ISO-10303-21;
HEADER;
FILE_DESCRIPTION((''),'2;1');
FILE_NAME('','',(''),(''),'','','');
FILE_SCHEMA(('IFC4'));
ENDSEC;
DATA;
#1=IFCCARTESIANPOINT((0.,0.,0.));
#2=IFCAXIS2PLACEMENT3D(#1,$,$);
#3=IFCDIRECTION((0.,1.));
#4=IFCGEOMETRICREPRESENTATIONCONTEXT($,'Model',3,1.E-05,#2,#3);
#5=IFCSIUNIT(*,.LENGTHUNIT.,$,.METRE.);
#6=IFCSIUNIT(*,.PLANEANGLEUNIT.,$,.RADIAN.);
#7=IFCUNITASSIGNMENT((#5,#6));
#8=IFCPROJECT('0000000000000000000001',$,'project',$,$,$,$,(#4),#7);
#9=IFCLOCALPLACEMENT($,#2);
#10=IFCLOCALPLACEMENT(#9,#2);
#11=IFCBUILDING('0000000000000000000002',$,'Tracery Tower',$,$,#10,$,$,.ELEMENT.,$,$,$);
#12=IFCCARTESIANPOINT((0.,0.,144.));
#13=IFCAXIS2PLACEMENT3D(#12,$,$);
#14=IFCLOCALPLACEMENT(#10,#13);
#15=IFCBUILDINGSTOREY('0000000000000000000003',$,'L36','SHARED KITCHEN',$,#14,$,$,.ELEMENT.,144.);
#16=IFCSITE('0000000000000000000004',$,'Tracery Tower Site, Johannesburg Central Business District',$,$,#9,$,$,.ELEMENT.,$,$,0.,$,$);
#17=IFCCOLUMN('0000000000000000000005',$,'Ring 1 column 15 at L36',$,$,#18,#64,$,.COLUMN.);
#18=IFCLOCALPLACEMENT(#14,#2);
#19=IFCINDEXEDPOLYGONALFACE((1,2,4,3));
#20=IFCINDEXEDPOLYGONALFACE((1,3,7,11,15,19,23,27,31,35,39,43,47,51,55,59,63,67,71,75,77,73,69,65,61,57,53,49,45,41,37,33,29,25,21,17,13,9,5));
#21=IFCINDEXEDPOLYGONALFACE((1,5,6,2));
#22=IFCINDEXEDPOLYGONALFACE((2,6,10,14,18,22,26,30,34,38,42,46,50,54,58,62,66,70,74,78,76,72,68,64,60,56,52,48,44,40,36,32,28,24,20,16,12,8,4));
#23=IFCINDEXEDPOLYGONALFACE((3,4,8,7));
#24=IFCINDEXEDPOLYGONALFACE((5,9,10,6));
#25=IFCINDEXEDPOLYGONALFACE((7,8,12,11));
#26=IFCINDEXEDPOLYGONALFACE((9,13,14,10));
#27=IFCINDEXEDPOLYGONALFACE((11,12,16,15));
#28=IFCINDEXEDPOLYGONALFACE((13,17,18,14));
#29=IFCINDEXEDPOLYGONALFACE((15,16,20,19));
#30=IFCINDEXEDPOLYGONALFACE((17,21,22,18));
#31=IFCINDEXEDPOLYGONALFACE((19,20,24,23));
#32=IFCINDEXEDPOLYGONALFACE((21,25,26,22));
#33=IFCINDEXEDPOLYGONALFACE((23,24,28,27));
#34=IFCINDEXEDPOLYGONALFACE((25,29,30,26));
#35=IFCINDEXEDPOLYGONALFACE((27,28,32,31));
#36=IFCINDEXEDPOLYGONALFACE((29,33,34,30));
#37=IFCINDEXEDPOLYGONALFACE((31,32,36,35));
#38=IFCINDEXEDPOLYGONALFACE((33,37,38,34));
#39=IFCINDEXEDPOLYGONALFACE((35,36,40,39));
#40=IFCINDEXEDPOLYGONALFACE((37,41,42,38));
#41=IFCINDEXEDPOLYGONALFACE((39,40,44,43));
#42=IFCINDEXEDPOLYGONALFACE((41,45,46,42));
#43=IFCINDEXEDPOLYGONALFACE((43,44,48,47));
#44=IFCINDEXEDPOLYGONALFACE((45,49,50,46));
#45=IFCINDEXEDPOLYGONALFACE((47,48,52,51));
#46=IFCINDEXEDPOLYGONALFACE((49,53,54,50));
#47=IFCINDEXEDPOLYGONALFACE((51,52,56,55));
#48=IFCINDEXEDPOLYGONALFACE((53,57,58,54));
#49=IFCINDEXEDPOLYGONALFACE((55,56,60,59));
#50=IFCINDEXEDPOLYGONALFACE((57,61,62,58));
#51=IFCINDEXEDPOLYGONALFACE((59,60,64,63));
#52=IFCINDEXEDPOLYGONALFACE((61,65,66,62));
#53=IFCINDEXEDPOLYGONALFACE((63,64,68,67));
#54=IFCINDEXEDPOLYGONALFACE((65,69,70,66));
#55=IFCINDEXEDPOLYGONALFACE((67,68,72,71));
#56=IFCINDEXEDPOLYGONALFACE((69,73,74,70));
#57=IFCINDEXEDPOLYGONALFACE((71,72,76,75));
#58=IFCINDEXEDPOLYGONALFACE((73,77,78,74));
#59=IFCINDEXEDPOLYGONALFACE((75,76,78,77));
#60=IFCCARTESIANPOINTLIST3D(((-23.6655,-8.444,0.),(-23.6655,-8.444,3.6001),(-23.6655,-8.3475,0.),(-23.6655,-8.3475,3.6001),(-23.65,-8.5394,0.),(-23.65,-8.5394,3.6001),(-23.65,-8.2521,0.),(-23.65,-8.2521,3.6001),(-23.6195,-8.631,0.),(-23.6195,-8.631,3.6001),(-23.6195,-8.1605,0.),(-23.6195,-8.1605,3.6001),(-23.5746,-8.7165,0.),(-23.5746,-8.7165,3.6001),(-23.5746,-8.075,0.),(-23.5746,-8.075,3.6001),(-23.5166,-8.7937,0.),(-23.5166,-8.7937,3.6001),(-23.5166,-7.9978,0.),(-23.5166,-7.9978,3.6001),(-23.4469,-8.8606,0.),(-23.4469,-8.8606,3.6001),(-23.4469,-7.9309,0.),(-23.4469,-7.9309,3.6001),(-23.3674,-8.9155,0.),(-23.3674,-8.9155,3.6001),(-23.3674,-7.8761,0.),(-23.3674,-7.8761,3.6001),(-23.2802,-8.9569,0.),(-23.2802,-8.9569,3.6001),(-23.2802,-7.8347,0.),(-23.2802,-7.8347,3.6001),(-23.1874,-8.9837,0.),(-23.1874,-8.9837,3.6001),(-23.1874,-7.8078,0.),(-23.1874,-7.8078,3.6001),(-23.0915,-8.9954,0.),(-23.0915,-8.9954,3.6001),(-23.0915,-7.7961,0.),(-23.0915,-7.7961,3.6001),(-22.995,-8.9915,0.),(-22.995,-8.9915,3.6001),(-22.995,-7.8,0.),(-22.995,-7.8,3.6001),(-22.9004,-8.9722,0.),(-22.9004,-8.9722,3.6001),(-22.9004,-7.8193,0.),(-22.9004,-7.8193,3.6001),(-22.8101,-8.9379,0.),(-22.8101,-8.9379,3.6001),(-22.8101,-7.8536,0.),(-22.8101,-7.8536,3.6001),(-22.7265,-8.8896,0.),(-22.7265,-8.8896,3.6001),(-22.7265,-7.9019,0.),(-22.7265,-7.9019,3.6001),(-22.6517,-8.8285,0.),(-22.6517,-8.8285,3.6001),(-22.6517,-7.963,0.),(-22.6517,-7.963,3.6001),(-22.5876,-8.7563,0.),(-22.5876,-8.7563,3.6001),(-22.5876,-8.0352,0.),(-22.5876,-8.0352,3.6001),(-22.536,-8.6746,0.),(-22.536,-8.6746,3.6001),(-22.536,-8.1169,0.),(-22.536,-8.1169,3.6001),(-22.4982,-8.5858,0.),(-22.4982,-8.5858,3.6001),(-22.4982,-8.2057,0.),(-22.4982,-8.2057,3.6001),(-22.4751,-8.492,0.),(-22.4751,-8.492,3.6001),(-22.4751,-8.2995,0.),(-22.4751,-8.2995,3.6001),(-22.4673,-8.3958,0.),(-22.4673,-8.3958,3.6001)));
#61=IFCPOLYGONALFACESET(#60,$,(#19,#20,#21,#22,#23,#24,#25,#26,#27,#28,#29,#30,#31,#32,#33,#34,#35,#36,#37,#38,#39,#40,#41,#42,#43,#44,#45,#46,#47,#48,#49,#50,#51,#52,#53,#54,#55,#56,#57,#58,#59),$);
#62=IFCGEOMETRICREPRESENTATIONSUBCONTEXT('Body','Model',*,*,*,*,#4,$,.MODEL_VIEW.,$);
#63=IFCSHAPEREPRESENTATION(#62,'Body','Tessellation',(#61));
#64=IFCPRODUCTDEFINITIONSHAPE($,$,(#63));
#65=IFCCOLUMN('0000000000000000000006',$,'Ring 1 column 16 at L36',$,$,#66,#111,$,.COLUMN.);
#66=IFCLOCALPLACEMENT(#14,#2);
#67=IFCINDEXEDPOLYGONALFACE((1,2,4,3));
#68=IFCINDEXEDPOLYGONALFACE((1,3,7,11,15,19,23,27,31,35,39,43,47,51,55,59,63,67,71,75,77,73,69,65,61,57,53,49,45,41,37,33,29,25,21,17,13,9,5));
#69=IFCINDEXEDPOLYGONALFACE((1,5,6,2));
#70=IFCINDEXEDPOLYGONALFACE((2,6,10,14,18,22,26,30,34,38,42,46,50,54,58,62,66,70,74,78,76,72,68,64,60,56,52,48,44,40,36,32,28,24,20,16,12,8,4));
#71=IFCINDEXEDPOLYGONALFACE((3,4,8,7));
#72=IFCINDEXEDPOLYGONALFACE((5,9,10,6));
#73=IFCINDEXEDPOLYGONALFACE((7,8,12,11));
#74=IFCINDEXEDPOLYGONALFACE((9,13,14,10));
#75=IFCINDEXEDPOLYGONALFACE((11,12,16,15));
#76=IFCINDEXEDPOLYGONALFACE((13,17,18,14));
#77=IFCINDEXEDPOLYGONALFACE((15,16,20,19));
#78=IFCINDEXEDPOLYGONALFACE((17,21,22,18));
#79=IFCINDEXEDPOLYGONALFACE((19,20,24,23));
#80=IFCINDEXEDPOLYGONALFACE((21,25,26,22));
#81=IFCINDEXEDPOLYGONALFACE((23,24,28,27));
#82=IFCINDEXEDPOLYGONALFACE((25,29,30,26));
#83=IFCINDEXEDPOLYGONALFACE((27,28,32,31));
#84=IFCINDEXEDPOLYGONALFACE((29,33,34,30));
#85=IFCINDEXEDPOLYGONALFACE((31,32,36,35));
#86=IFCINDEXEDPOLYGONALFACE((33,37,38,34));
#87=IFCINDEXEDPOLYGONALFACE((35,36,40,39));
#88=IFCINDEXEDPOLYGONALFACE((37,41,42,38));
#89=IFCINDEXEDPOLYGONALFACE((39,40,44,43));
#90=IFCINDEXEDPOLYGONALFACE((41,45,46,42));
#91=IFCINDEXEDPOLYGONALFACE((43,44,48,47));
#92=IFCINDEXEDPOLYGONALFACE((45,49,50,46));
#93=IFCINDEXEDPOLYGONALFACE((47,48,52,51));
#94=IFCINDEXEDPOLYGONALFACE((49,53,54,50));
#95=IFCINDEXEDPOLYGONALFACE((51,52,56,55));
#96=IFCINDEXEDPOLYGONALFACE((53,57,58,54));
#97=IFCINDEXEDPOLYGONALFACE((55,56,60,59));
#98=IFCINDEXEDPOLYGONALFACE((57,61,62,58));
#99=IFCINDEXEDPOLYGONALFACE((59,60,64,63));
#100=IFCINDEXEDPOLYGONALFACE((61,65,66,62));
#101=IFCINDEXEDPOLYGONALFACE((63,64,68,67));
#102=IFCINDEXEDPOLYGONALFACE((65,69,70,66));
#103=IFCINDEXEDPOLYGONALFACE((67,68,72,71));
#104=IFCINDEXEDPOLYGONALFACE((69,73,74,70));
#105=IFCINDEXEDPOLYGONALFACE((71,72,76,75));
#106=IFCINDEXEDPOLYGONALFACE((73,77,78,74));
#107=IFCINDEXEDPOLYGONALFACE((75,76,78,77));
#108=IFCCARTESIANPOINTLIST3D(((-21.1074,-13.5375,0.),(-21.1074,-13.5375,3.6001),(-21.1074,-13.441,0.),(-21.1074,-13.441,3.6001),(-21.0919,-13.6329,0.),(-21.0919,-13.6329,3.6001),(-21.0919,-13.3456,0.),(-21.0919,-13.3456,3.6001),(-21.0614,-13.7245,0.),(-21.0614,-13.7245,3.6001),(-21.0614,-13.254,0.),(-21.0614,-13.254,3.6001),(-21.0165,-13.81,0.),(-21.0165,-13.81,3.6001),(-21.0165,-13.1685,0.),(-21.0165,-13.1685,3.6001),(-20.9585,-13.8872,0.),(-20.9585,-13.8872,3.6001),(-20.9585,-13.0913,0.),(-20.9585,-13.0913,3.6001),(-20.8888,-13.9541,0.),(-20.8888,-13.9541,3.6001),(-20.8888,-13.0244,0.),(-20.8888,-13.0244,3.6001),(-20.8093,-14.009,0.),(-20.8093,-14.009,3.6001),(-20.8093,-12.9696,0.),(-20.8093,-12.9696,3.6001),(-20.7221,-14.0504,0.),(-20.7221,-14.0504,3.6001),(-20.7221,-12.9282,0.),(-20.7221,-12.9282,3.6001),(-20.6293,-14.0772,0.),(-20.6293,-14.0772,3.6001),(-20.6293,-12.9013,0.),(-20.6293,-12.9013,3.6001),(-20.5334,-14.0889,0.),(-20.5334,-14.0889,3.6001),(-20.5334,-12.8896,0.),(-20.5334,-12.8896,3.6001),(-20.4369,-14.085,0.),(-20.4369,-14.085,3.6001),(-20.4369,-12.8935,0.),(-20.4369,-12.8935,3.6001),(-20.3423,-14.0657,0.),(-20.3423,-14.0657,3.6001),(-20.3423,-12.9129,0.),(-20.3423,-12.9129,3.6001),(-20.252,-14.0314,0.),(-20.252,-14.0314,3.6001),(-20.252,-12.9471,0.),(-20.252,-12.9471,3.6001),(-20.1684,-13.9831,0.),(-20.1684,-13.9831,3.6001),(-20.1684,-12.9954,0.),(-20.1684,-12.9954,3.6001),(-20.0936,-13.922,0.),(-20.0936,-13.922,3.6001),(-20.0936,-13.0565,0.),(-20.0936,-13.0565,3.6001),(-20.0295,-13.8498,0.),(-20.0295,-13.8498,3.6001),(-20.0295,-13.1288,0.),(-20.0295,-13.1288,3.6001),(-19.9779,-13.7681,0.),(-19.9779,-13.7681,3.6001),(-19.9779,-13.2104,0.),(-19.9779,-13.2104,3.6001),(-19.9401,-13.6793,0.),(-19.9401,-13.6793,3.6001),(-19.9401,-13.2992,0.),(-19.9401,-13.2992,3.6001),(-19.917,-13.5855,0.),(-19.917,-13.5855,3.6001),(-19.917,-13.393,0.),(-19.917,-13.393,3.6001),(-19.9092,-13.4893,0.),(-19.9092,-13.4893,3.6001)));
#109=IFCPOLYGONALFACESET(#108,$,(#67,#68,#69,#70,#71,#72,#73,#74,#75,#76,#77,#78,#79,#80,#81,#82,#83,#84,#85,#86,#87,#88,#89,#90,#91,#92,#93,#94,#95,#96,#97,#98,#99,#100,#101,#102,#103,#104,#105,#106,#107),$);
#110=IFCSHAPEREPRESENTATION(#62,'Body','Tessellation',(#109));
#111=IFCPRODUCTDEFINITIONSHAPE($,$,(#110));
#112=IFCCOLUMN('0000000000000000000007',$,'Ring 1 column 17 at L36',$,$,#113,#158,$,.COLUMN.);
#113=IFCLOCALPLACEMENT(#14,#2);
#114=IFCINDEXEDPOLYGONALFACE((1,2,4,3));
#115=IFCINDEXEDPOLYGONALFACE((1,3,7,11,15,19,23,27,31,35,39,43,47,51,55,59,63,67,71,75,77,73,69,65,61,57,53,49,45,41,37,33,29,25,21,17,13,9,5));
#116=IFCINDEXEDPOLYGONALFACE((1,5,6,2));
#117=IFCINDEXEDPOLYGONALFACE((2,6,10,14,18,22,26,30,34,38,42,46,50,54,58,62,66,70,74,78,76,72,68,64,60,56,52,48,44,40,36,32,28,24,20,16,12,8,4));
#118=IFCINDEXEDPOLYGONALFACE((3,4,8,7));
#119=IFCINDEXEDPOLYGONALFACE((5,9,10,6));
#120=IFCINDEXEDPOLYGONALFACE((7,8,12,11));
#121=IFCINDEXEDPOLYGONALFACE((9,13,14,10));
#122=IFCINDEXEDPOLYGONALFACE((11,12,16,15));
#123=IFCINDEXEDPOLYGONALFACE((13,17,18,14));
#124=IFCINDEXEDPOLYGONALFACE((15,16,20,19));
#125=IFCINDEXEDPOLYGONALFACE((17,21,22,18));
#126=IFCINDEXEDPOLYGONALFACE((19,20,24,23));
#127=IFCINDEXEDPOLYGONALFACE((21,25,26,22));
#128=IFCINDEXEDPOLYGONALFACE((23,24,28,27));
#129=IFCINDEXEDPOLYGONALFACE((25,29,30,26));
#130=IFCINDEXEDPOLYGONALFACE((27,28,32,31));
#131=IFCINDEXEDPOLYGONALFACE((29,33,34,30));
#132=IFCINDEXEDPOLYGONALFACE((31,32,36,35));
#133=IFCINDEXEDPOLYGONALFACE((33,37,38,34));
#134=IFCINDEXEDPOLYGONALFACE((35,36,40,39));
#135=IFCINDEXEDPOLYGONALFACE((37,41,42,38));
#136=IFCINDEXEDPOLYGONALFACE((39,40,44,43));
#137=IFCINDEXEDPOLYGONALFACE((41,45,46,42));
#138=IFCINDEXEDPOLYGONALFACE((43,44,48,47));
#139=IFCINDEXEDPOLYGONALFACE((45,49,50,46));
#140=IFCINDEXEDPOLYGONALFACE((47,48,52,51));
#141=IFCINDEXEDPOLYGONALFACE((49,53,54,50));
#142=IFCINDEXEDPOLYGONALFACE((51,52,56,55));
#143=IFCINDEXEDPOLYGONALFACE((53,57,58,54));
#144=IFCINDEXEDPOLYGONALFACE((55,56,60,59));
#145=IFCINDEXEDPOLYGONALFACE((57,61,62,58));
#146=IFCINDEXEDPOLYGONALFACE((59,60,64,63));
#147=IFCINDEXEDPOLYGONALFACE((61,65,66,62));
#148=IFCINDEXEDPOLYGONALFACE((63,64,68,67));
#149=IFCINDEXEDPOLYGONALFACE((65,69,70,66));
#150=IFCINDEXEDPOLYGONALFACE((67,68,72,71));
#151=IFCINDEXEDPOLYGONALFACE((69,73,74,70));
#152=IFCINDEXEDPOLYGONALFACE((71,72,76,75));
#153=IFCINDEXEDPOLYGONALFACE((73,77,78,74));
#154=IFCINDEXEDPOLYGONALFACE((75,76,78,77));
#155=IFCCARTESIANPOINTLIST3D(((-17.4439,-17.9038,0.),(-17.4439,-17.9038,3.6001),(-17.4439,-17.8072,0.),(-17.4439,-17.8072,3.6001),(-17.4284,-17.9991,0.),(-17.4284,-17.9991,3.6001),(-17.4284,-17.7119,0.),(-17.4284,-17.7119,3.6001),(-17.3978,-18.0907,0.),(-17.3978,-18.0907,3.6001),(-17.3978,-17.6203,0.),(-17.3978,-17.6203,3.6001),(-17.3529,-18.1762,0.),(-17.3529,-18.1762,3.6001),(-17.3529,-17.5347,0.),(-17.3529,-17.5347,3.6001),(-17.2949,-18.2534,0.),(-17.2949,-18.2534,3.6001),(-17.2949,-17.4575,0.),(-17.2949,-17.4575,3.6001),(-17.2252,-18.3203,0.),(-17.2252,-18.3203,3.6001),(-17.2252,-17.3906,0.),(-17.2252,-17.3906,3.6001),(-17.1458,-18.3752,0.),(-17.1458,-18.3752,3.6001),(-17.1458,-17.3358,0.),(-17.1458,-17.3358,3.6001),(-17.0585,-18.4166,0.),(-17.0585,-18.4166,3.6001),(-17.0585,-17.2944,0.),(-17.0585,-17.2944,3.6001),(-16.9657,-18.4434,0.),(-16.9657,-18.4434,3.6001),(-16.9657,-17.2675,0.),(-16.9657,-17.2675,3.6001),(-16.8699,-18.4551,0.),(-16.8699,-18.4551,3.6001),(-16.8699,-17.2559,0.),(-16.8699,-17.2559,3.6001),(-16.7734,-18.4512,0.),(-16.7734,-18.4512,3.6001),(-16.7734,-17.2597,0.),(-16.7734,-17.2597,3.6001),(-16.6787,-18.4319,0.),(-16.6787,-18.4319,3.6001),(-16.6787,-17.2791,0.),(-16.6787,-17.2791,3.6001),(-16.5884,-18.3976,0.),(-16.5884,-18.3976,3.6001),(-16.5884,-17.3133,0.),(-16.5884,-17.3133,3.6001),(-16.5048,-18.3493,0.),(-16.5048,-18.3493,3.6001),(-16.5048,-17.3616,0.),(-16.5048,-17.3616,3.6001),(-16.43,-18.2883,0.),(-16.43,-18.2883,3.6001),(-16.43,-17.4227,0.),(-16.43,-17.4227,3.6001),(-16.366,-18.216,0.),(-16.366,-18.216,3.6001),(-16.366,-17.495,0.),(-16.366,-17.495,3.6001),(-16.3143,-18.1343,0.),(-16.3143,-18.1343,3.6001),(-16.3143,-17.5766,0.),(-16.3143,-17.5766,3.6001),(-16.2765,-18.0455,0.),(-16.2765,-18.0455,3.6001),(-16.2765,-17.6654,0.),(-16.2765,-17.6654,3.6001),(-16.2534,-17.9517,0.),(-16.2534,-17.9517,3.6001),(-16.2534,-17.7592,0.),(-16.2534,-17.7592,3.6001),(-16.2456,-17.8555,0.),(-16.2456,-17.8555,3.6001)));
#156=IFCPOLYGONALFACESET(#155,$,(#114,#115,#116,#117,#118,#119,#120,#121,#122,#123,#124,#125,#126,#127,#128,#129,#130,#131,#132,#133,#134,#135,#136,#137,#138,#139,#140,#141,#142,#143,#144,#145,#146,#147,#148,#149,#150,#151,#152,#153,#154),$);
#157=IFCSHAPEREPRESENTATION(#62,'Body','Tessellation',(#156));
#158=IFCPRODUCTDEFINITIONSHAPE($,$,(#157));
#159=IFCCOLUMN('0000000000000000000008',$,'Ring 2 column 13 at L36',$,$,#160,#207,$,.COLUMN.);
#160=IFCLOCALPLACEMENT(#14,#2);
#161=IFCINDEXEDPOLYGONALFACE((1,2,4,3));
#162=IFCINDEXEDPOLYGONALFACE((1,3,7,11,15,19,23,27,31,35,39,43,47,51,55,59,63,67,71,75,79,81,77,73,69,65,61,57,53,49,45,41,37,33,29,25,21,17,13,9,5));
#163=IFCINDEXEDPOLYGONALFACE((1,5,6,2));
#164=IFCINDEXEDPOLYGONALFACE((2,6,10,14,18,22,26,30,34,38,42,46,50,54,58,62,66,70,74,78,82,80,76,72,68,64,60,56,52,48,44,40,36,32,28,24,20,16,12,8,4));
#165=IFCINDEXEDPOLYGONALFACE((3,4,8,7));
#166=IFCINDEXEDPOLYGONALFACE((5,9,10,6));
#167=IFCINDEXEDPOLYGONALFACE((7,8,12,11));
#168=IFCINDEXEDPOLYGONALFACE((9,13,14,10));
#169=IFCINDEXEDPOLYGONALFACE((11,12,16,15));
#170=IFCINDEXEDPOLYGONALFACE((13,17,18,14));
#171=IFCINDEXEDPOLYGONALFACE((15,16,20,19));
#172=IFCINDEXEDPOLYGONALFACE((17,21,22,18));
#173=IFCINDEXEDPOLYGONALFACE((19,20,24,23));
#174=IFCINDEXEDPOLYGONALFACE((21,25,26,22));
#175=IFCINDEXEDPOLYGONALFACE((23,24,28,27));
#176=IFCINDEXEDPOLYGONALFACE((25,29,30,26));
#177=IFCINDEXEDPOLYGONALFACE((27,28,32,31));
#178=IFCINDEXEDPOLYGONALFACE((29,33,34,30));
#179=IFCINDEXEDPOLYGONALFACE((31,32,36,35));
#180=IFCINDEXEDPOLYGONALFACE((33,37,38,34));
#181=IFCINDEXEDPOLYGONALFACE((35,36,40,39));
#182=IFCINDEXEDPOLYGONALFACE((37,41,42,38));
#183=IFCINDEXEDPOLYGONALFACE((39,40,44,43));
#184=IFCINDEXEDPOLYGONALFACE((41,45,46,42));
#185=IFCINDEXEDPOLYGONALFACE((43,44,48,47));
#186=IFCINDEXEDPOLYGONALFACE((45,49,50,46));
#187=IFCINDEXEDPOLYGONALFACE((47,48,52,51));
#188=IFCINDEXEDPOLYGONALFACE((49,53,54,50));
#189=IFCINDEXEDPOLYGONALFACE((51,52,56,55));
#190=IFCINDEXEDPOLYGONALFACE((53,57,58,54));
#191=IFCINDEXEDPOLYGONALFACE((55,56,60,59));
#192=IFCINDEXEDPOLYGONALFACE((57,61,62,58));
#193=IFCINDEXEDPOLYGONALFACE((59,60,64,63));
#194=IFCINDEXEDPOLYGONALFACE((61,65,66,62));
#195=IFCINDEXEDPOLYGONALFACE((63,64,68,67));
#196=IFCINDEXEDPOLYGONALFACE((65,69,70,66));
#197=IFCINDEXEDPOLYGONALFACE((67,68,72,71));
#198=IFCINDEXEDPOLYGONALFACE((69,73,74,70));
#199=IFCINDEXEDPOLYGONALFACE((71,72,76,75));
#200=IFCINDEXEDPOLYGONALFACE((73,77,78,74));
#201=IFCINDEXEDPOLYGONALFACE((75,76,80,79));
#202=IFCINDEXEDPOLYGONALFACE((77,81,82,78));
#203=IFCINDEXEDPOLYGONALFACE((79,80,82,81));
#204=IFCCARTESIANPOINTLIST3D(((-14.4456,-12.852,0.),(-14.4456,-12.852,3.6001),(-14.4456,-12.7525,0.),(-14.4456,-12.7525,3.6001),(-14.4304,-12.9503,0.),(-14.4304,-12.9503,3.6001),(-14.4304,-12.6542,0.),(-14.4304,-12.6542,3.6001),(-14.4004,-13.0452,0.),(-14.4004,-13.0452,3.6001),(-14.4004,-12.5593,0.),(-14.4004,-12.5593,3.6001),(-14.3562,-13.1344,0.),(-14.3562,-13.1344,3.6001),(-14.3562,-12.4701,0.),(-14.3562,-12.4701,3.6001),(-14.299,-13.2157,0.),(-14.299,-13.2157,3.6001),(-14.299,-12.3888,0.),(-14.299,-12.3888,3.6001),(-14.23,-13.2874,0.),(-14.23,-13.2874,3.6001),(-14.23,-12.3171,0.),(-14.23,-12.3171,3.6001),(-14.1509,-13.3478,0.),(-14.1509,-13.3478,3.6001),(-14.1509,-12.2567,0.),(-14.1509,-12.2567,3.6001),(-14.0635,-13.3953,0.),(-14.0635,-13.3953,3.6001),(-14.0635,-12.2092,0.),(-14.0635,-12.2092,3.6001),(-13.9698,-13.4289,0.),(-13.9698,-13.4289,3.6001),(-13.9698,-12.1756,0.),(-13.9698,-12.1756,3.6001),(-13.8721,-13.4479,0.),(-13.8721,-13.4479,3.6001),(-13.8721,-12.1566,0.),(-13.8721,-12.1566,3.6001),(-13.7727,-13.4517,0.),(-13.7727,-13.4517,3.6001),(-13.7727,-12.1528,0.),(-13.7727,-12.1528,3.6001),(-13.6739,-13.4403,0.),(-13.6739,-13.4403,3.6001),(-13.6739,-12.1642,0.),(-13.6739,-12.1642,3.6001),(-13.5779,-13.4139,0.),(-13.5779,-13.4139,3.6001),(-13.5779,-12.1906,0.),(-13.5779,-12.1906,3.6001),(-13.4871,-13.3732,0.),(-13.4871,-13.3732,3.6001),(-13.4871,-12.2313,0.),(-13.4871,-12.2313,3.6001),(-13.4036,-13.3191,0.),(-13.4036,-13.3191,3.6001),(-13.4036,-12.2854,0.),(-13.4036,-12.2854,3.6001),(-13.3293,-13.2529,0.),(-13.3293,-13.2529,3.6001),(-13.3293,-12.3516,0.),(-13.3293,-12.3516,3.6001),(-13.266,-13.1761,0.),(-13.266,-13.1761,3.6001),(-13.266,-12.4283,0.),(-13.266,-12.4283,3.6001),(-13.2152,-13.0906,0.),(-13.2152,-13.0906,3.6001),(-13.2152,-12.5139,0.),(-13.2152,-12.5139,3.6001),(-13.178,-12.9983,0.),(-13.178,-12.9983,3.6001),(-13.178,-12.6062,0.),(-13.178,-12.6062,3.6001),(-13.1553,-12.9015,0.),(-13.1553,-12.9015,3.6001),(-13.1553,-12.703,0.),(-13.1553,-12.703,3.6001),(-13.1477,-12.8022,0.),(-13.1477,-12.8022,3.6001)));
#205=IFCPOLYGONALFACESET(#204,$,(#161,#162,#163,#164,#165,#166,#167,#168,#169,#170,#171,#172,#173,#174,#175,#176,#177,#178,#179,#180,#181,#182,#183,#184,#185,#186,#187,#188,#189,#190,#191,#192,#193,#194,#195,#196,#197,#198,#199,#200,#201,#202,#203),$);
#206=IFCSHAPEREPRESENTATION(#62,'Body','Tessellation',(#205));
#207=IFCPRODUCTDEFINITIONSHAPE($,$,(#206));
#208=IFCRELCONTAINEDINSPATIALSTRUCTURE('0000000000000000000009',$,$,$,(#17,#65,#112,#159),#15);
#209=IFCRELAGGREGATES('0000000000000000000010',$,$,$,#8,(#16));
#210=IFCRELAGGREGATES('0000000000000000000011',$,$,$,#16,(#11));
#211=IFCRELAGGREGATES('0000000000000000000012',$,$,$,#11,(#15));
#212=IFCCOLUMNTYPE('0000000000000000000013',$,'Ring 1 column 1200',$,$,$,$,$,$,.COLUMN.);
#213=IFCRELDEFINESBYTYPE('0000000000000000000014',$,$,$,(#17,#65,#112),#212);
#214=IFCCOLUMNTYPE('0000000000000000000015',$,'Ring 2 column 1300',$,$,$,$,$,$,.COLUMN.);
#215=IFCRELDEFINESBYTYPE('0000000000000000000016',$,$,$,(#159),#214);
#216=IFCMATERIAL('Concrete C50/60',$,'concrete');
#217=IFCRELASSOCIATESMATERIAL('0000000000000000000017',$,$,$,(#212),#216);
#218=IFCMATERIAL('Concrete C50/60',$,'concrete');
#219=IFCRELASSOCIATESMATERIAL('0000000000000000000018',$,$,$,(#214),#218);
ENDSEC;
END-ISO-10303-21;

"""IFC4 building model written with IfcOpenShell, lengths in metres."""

from ifc_helpers import new_model, si_unit, direction, frame, origin, origin_2d, place, context, subcontext, project, spatial, circle, extrude, material, material_profile, profile_set, type_object, element, save


model = new_model("IFC4")

# Units and contexts
model_context = context("Model", 3, precision=1e-05, world=origin(), true_north=direction((0.0, 1.0)))
body_context = subcontext(model_context, "Body", "Model", "MODEL_VIEW")
ifc_project = project(units=[si_unit("LENGTHUNIT", "METRE"), si_unit("PLANEANGLEUNIT", "RADIAN")], contexts=[model_context])

# Site, building, storey
site_placement = place(None, origin())
site = spatial("IfcSite", under=ifc_project, at=site_placement, Name="Tracery Tower Site, Johannesburg Central Business District", CompositionType="ELEMENT", RefElevation=0.0)
building_placement = place(site_placement, origin())
building = spatial("IfcBuilding", under=site, at=building_placement, Name="Tracery Tower", CompositionType="ELEMENT")
storey_placement = place(building_placement, frame((0.0, 0.0, 144.0)))
storey = spatial("IfcBuildingStorey", under=building, at=storey_placement, Name="L36", Description="SHARED KITCHEN", CompositionType="ELEMENT", Elevation=144.0)

# Columns
ifc_material_1 = material(Name="Concrete C50/60", Category="concrete")
ifc_material_profile_1 = material_profile(ifc_material_1, circle(Radius=0.6001, at=origin_2d()), Name="RC D1200")
ifc_profile_set_1 = profile_set([ifc_material_profile_1], Name="Concrete C50/60")
column_type_1 = type_object("IfcColumnType", Name="Ring 1 column 1200", PredefinedType="COLUMN", material=ifc_profile_set_1)
for number, where, z_axis, x_axis, name in (
    (1, (-23.0674, -8.3958, 0.0), (0.0, 0.0, 1.0), (1.0, 0.0, 0.0), "Ring 1 column 15 at L36"),
    (2, (-20.5093, -13.4893, 0.0), (0.0, 0.0, 1.0), (1.0, 0.0, 0.0), "Ring 1 column 16 at L36"),
    (3, (-16.8457, -17.8555, 0.0), (0.0, 0.0, 1.0), (1.0, 0.0, 0.0), "Ring 1 column 17 at L36"),
):
    element("IfcColumn", number, at=place(storey_placement, frame(where, z_axis=z_axis, x_axis=x_axis)), inside=storey, type_object=column_type_1, Name=name, PredefinedType="COLUMN", context=body_context, shape_type="SweptSolid", body=[
        extrude(circle(Radius=0.6001, at=origin_2d()), origin(), (0.0, 0.0, 1.0), 3.6001),
    ])
ifc_material_2 = material(Name="Concrete C50/60", Category="concrete")
ifc_material_profile_2 = material_profile(ifc_material_2, circle(Radius=0.6499, at=origin_2d()), Name="RC D1300")
ifc_profile_set_2 = profile_set([ifc_material_profile_2], Name="Concrete C50/60")
column_type_2 = type_object("IfcColumnType", Name="Ring 2 column 1300", PredefinedType="COLUMN", material=ifc_profile_set_2)
column_placement = place(storey_placement, frame((-13.7976, -12.8022, 0.0), z_axis=(0.0, 0.0, 1.0), x_axis=(1.0, 0.0, 0.0)))
element("IfcColumn", 4, at=column_placement, inside=storey, type_object=column_type_2, Name="Ring 2 column 13 at L36", PredefinedType="COLUMN", context=body_context, shape_type="SweptSolid", body=[
    extrude(circle(Radius=0.6499, at=origin_2d()), origin(), (0.0, 0.0, 1.0), 3.6001),
])

save(model, "model.ifc")
